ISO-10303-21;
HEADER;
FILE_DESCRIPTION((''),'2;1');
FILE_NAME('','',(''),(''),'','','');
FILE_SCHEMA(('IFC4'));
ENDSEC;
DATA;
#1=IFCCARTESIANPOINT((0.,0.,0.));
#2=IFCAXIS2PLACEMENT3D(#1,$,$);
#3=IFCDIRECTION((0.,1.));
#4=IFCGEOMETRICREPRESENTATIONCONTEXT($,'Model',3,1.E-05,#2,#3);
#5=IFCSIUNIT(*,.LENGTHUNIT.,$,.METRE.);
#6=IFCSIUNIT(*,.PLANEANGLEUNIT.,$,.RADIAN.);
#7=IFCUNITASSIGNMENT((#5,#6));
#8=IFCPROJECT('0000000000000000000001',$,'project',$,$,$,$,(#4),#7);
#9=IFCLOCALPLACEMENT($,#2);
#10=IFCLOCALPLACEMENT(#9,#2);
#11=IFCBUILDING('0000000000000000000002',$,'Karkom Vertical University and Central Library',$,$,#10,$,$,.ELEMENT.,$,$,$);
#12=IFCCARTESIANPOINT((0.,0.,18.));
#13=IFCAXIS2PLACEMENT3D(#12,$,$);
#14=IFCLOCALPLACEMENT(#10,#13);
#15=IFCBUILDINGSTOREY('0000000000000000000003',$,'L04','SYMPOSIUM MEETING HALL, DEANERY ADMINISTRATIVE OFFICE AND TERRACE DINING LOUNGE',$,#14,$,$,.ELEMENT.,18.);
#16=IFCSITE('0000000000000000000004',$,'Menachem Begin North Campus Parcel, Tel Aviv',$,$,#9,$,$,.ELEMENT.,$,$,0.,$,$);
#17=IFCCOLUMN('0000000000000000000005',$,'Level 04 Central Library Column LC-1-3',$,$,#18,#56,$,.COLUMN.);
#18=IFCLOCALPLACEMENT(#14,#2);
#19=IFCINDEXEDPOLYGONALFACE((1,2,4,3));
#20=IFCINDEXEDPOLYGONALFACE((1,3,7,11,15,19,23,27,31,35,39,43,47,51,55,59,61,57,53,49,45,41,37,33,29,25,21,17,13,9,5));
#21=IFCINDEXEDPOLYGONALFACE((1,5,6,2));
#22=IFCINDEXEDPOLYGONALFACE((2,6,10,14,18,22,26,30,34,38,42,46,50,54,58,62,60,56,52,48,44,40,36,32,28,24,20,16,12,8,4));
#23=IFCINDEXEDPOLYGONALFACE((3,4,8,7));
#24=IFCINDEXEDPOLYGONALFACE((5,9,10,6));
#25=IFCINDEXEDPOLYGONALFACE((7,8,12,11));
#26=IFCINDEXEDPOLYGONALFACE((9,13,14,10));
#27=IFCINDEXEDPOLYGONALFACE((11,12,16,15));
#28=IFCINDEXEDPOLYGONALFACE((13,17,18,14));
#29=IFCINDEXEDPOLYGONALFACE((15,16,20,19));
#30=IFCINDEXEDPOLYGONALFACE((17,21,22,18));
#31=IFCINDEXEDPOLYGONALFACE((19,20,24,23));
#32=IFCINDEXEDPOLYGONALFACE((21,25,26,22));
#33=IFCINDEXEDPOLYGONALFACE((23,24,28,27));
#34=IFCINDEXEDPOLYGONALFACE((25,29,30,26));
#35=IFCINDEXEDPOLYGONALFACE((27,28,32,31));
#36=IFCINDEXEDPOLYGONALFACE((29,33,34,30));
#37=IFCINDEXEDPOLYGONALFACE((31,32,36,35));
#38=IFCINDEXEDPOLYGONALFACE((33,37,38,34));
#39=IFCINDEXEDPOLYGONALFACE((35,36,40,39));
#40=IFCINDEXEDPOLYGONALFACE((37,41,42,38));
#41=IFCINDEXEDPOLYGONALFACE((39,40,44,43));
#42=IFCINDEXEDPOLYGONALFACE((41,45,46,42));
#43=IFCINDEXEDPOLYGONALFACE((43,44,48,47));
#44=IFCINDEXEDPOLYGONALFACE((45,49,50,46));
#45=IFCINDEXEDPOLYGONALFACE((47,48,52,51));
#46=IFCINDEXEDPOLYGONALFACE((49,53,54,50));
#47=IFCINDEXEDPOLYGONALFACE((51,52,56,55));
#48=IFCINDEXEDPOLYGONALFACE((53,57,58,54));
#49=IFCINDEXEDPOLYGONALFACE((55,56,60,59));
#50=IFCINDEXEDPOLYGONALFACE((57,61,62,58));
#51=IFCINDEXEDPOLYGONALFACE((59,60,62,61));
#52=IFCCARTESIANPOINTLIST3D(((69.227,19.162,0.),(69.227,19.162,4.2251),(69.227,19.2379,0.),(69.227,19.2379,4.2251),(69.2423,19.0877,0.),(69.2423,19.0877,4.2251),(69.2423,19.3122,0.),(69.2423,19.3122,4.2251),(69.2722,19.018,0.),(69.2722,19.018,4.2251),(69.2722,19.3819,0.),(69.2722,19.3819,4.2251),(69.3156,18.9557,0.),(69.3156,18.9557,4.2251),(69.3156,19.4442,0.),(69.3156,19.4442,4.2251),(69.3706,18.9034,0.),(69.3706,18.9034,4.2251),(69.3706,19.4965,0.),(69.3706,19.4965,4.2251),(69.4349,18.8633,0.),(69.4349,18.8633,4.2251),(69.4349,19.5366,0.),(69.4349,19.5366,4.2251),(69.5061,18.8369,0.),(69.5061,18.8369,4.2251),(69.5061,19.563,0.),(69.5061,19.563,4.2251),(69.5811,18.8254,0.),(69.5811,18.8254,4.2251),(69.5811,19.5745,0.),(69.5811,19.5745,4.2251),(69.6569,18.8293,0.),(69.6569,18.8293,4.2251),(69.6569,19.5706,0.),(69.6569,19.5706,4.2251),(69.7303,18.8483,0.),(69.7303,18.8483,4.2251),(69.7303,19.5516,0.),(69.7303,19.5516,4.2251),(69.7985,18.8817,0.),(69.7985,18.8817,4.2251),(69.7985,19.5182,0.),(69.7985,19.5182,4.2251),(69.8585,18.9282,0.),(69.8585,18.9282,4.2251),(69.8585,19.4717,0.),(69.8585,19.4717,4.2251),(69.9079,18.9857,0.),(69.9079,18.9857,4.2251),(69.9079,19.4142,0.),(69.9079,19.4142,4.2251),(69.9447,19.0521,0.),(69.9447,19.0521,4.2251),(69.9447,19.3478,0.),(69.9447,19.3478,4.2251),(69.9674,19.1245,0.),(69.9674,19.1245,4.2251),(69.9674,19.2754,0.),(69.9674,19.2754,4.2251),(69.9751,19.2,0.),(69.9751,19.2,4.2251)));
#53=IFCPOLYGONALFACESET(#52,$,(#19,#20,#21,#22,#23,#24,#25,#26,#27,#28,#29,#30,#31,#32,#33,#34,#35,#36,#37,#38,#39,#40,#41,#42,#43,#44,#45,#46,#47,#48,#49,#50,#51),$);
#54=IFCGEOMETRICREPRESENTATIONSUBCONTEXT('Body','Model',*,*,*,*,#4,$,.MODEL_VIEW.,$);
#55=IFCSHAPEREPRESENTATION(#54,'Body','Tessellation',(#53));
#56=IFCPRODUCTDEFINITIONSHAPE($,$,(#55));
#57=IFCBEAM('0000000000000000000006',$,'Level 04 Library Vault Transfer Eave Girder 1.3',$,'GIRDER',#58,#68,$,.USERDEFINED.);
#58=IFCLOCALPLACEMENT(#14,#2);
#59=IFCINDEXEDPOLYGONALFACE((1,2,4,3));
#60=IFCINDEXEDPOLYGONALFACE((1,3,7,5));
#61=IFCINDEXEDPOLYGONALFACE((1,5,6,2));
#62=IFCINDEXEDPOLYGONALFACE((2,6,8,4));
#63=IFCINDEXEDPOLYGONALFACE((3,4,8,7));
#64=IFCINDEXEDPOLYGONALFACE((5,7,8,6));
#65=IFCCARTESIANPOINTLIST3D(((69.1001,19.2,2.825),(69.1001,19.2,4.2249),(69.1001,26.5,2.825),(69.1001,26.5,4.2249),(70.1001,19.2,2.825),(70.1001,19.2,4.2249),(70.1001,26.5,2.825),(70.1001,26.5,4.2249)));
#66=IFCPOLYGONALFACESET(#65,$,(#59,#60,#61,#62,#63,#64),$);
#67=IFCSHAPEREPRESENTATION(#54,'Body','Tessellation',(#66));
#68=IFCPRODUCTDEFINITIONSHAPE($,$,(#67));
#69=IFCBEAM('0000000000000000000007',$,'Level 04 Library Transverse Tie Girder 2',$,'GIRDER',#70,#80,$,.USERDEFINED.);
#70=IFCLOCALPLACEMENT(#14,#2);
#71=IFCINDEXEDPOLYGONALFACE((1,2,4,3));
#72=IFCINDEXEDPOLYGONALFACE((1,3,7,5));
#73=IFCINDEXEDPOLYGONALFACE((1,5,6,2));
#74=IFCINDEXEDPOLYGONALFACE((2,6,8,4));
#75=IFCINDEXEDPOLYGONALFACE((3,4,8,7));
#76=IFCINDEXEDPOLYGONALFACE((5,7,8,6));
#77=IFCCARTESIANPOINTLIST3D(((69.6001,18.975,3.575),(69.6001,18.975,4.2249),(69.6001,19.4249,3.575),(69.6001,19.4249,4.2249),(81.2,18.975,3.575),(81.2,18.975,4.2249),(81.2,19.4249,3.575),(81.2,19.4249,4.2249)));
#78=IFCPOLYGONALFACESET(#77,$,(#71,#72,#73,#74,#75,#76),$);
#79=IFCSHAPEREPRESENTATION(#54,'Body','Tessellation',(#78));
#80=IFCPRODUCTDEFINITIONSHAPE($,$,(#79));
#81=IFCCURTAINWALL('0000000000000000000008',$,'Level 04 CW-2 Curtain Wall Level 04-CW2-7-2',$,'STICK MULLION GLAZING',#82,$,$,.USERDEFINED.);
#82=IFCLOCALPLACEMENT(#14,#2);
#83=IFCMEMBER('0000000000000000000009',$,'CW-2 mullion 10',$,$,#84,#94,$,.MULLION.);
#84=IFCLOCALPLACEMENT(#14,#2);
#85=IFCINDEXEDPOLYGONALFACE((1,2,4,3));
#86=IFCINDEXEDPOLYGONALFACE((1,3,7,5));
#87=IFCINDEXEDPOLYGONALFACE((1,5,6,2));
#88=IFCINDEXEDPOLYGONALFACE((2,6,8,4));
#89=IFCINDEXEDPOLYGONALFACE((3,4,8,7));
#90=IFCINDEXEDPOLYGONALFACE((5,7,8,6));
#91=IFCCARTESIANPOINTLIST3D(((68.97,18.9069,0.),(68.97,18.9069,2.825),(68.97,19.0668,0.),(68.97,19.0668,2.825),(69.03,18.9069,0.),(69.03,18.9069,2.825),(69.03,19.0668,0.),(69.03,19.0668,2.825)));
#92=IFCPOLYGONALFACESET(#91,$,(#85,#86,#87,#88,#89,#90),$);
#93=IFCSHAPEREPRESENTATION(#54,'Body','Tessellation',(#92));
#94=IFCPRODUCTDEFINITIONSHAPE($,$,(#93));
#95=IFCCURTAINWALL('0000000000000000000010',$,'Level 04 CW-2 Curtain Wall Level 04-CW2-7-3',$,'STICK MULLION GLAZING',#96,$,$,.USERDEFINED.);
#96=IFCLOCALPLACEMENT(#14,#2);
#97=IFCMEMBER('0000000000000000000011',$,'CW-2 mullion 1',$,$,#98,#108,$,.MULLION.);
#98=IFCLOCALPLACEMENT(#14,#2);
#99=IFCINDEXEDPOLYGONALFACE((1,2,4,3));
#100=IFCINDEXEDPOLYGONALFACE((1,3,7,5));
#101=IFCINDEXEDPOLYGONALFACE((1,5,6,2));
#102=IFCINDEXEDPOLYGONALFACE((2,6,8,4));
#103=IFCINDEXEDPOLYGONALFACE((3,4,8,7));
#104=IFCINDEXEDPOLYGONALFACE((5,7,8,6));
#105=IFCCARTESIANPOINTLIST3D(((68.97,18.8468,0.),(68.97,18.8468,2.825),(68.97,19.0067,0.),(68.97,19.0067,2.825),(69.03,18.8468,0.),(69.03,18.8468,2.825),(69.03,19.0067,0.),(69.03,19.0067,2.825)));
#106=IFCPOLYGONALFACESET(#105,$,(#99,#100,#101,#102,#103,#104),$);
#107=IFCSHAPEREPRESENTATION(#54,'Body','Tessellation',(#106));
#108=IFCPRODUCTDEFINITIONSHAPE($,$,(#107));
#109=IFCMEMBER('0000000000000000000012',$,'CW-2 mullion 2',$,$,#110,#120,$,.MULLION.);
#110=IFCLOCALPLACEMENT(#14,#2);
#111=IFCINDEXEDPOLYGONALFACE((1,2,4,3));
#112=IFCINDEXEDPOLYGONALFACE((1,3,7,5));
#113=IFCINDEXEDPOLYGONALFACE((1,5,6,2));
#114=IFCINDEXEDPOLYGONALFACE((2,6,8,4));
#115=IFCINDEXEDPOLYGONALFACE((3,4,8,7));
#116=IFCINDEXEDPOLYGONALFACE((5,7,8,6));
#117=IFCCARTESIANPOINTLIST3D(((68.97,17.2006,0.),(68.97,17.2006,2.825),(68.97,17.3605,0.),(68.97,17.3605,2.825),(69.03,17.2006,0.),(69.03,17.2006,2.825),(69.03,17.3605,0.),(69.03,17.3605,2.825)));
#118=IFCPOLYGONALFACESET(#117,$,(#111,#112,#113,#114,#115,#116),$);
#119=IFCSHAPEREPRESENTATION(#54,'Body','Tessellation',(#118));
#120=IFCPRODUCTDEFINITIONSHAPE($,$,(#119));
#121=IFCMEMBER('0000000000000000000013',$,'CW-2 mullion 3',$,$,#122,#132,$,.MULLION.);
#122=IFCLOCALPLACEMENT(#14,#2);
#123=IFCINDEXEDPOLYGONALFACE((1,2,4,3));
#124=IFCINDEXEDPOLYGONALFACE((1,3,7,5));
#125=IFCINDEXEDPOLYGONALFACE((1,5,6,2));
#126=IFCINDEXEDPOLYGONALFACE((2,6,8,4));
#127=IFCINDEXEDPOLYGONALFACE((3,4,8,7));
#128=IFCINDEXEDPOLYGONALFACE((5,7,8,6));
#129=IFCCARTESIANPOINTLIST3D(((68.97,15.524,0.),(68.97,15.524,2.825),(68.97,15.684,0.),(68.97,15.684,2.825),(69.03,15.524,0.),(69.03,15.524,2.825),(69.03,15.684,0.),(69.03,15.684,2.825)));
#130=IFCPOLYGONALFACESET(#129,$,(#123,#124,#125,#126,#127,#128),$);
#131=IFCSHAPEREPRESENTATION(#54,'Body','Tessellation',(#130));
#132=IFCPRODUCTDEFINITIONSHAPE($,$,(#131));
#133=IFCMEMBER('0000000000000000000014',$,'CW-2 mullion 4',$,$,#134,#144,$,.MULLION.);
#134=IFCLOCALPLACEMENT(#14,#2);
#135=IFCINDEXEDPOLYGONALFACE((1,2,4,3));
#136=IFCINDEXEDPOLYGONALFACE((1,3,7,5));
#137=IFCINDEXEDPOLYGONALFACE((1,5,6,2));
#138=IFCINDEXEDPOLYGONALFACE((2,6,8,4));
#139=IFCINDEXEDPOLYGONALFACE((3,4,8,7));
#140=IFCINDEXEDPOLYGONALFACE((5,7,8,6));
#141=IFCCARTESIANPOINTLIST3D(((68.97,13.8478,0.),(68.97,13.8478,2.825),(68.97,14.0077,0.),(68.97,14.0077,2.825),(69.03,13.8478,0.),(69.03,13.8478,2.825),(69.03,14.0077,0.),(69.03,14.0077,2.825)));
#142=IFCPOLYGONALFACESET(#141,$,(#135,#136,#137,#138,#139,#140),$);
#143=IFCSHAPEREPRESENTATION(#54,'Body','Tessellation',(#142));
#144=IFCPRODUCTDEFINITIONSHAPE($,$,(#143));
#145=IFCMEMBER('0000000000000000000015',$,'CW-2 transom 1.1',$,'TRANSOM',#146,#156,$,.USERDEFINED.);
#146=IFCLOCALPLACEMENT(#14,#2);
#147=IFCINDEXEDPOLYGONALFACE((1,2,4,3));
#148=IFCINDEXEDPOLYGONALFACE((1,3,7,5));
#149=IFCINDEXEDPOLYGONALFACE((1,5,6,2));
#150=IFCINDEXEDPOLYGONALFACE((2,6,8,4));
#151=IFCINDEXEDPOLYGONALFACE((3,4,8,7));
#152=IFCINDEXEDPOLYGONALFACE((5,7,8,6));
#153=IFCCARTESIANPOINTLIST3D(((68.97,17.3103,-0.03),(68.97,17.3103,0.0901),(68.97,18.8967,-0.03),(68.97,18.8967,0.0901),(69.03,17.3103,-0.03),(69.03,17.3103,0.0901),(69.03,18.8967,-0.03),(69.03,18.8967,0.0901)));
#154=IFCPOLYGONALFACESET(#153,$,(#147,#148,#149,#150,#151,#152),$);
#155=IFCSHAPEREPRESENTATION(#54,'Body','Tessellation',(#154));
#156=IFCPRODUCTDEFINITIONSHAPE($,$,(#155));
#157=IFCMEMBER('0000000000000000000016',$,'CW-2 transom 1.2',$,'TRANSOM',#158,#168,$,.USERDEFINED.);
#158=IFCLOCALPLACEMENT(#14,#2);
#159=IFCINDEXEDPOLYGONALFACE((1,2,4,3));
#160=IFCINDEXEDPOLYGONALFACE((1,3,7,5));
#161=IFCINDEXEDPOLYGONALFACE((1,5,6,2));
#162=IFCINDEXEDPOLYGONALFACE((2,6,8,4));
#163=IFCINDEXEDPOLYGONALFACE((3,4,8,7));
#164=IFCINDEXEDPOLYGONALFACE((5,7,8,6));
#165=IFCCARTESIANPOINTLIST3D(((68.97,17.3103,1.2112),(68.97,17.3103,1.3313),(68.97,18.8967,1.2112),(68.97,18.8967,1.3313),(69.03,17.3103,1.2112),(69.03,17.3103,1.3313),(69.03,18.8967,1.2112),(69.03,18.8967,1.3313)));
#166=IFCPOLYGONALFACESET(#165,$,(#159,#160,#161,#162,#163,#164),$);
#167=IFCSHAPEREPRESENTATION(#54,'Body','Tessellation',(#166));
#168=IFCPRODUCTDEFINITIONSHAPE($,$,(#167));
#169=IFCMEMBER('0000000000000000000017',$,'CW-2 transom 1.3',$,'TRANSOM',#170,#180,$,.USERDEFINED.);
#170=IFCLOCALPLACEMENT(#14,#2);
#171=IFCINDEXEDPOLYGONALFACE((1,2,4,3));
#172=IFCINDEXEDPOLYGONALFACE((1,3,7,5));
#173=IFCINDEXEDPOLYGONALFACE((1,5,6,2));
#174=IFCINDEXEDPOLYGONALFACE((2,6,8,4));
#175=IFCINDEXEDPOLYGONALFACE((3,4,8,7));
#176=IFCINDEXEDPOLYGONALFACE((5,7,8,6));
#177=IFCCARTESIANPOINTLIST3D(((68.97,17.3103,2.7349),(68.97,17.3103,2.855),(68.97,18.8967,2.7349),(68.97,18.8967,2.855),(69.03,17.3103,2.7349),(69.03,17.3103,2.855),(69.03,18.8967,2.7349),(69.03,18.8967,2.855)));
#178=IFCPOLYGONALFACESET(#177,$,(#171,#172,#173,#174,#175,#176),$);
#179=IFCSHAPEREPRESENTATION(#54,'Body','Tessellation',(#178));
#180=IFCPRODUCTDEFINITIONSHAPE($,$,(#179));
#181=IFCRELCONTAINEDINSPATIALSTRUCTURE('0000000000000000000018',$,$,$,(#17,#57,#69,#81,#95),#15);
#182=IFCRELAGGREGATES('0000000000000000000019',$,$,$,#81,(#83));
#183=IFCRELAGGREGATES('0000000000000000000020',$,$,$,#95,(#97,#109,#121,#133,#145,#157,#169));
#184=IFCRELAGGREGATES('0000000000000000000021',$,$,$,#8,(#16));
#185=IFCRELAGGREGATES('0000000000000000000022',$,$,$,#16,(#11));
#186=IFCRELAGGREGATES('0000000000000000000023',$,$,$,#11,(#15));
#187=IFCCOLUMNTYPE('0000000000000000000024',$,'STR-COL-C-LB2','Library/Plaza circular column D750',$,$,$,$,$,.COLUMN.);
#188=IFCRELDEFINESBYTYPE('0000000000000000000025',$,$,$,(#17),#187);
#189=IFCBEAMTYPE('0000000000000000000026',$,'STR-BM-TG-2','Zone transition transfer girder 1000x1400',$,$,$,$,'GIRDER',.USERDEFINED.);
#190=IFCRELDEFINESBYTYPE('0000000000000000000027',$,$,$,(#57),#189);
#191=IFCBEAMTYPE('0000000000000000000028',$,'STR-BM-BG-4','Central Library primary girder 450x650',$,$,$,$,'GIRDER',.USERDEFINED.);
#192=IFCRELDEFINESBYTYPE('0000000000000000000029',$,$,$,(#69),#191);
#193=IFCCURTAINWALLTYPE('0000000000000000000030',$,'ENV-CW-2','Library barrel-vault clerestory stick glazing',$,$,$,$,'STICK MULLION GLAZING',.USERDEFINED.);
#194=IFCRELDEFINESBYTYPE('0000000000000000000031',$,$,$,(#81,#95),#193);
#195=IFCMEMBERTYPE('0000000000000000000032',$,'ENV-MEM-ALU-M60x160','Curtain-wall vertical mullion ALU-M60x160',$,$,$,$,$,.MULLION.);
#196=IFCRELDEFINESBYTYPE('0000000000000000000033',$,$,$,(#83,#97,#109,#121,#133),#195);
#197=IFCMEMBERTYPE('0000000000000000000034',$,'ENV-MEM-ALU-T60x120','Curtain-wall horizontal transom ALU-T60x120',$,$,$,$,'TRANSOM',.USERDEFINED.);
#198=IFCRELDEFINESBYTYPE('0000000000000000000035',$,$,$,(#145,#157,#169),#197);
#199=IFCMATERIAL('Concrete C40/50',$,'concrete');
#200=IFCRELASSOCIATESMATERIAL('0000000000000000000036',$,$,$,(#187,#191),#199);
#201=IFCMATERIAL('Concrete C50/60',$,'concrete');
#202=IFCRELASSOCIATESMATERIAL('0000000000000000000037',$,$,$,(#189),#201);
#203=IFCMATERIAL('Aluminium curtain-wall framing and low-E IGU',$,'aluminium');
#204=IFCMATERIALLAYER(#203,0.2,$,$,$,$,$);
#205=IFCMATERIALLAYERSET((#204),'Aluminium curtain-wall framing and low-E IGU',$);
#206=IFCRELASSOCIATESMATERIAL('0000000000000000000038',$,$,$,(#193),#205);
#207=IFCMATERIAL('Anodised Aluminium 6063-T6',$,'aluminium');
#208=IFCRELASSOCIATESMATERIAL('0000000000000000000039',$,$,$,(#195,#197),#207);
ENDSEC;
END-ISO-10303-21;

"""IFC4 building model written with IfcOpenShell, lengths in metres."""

from ifc_helpers import new_model, si_unit, direction, frame, origin, origin_with_axes, origin_2d, place, context, subcontext, project, spatial, rectangle, circle, extrude, source, transform, mapped, material, layer, layer_set, material_profile, profile_set, type_object, element, aggregate, save


model = new_model("IFC4")

# Units and contexts
model_context = context("Model", 3, precision=1e-05, world=origin(), true_north=direction((0.0, 1.0)))
body_context = subcontext(model_context, "Body", "Model", "MODEL_VIEW")
ifc_project = project(units=[si_unit("LENGTHUNIT", "METRE"), si_unit("PLANEANGLEUNIT", "RADIAN")], contexts=[model_context])

# Site, building, storey
site_placement = place(None, origin())
site = spatial("IfcSite", under=ifc_project, at=site_placement, Name="Menachem Begin North Campus Parcel, Tel Aviv", CompositionType="ELEMENT", RefElevation=0.0)
building_placement = place(site_placement, origin())
building = spatial("IfcBuilding", under=site, at=building_placement, Name="Karkom Vertical University and Central Library", CompositionType="ELEMENT")
storey_placement = place(building_placement, frame((0.0, 0.0, 18.0)))
storey = spatial("IfcBuildingStorey", under=building, at=storey_placement, Name="L04", Description="SYMPOSIUM MEETING HALL, DEANERY ADMINISTRATIVE OFFICE AND TERRACE DINING LOUNGE", CompositionType="ELEMENT", Elevation=18.0)

# Column
ifc_material_1 = material(Name="Concrete C40/50", Category="concrete")
ifc_material_profile_1 = material_profile(ifc_material_1, circle(Radius=0.375, at=origin_2d()), Name="RC-D750")
ifc_profile_set_1 = profile_set([ifc_material_profile_1], Name="Concrete C40/50")
column_type = type_object("IfcColumnType", Name="STR-COL-C-LB2", Description="Library/Plaza circular column D750", PredefinedType="COLUMN", material=ifc_profile_set_1)
shared_shape_1 = source(origin_with_axes(), body_context, "Body", "SweptSolid", [
    extrude(circle(Radius=0.375, at=origin_2d()), origin(), (0.0, 0.0, 1.0), 4.2251),
])
column_placement = place(storey_placement, frame((69.6001, 19.2, 0.0), z_axis=(0.0, 0.0, 1.0), x_axis=(1.0, 0.0, 0.0)))
element("IfcColumn", 1, at=column_placement, inside=storey, type_object=column_type, Name="Level 04 Central Library Column LC-1-3", PredefinedType="COLUMN", context=body_context, shape_type="MappedRepresentation", body=[
    mapped(shared_shape_1, transform((0.0, 0.0, 0.0), scale=1.0)),
])

# Beams
ifc_material_2 = material(Name="Concrete C50/60", Category="concrete")
ifc_material_profile_2 = material_profile(ifc_material_2, rectangle(XDim=1.0, YDim=1.3999, at=origin_2d()), Name="TG-1000x1400")
ifc_profile_set_2 = profile_set([ifc_material_profile_2], Name="Concrete C50/60")
beam_type_1 = type_object("IfcBeamType", Name="STR-BM-TG-2", Description="Zone transition transfer girder 1000x1400", ElementType="GIRDER", PredefinedType="USERDEFINED", material=ifc_profile_set_2)
shared_shape_2 = source(origin_with_axes(), body_context, "Body", "SweptSolid", [
    extrude(rectangle(XDim=1.0, YDim=1.3999, at=origin_2d()), origin(), (0.0, 0.0, 1.0), 7.3),
])
beam_1_placement = place(storey_placement, frame((69.6001, 19.2, 3.5249), z_axis=(0.0, 1.0, 0.0), x_axis=(-1.0, 0.0, 0.0)))
element("IfcBeam", 2, at=beam_1_placement, inside=storey, type_object=beam_type_1, Name="Level 04 Library Vault Transfer Eave Girder 1.3", ObjectType="GIRDER", PredefinedType="USERDEFINED", context=body_context, shape_type="MappedRepresentation", body=[
    mapped(shared_shape_2, transform((0.0, 0.0, 0.0), scale=1.0)),
])
ifc_material_profile_3 = material_profile(ifc_material_1, rectangle(XDim=0.45, YDim=0.6499, at=origin_2d()), Name="RCB-450x650")
ifc_profile_set_3 = profile_set([ifc_material_profile_3], Name="Concrete C40/50")
beam_type_2 = type_object("IfcBeamType", Name="STR-BM-BG-4", Description="Central Library primary girder 450x650", ElementType="GIRDER", PredefinedType="USERDEFINED", material=ifc_profile_set_3)
shared_shape_3 = source(origin_with_axes(), body_context, "Body", "SweptSolid", [
    extrude(rectangle(XDim=0.45, YDim=0.6499, at=origin_2d()), origin(), (0.0, 0.0, 1.0), 11.5999),
])
beam_2_placement = place(storey_placement, frame((69.6001, 19.2, 3.8999), z_axis=(1.0, 0.0, 0.0), x_axis=(0.0, 1.0, 0.0)))
element("IfcBeam", 3, at=beam_2_placement, inside=storey, type_object=beam_type_2, Name="Level 04 Library Transverse Tie Girder 2", ObjectType="GIRDER", PredefinedType="USERDEFINED", context=body_context, shape_type="MappedRepresentation", body=[
    mapped(shared_shape_3, transform((0.0, 0.0, 0.0), scale=1.0)),
])

# Curtain wall, member
ifc_material_3 = material(Name="Aluminium curtain-wall framing and low-E IGU", Category="aluminium")
ifc_layer_1 = layer(ifc_material_3, 0.2)
ifc_layer_set_1 = layer_set([ifc_layer_1], Name="Aluminium curtain-wall framing and low-E IGU")
curtain_wall_type = type_object("IfcCurtainWallType", Name="ENV-CW-2", Description="Library barrel-vault clerestory stick glazing", ElementType="STICK MULLION GLAZING", PredefinedType="USERDEFINED", material=ifc_layer_set_1)
curtain_wall_1_placement = place(storey_placement, origin())
curtain_wall_1 = element("IfcCurtainWall", 4, at=curtain_wall_1_placement, inside=storey, type_object=curtain_wall_type, Name="Level 04 CW-2 Curtain Wall Level 04-CW2-7-2", ObjectType="STICK MULLION GLAZING", PredefinedType="USERDEFINED")
ifc_material_4 = material(Name="Anodised Aluminium 6063-T6", Category="aluminium")
ifc_material_profile_4 = material_profile(ifc_material_4, rectangle(XDim=0.0601, YDim=0.1599, at=origin_2d()), Name="ALU-M60x160")
ifc_profile_set_4 = profile_set([ifc_material_profile_4], Name="Anodised Aluminium 6063-T6")
member_type_1 = type_object("IfcMemberType", Name="ENV-MEM-ALU-M60x160", Description="Curtain-wall vertical mullion ALU-M60x160", PredefinedType="MULLION", material=ifc_profile_set_4)
shared_shape_4 = source(origin_with_axes(), body_context, "Body", "SweptSolid", [
    extrude(rectangle(XDim=0.0601, YDim=0.1599, at=origin_2d()), origin(), (0.0, 0.0, 1.0), 2.825),
])
member_1_placement = place(storey_placement, frame((69.0, 18.9868, 0.0), z_axis=(0.0, 0.0, 1.0), x_axis=(1.0, 0.0, 0.0)))
member_1 = element("IfcMember", 5, at=member_1_placement, type_object=member_type_1, Name="CW-2 mullion 10", PredefinedType="MULLION", context=body_context, shape_type="MappedRepresentation", body=[
    mapped(shared_shape_4, transform((0.0, 0.0, 0.0), scale=1.0)),
])
aggregate(curtain_wall_1, [member_1])

# Curtain wall, members
curtain_wall_2_placement = place(storey_placement, origin())
curtain_wall_2 = element("IfcCurtainWall", 6, at=curtain_wall_2_placement, inside=storey, type_object=curtain_wall_type, Name="Level 04 CW-2 Curtain Wall Level 04-CW2-7-3", ObjectType="STICK MULLION GLAZING", PredefinedType="USERDEFINED")
member_2_placement = place(storey_placement, frame((69.0, 18.9268, 0.0), z_axis=(0.0, 0.0, 1.0), x_axis=(1.0, 0.0, 0.0)))
member_2 = element("IfcMember", 7, at=member_2_placement, type_object=member_type_1, Name="CW-2 mullion 1", PredefinedType="MULLION", context=body_context, shape_type="MappedRepresentation", body=[
    mapped(shared_shape_4, transform((0.0, 0.0, 0.0), scale=1.0)),
])
member_3_placement = place(storey_placement, frame((69.0, 17.2805, 0.0), z_axis=(0.0, 0.0, 1.0), x_axis=(1.0, 0.0, 0.0)))
member_3 = element("IfcMember", 8, at=member_3_placement, type_object=member_type_1, Name="CW-2 mullion 2", PredefinedType="MULLION", context=body_context, shape_type="MappedRepresentation", body=[
    mapped(shared_shape_4, transform((0.0, 0.0, 0.0), scale=1.0)),
])
member_4_placement = place(storey_placement, frame((69.0, 15.604, 0.0), z_axis=(0.0, 0.0, 1.0), x_axis=(1.0, 0.0, 0.0)))
member_4 = element("IfcMember", 9, at=member_4_placement, type_object=member_type_1, Name="CW-2 mullion 3", PredefinedType="MULLION", context=body_context, shape_type="MappedRepresentation", body=[
    mapped(shared_shape_4, transform((0.0, 0.0, 0.0), scale=1.0)),
])
member_5_placement = place(storey_placement, frame((69.0, 13.9277, 0.0), z_axis=(0.0, 0.0, 1.0), x_axis=(1.0, 0.0, 0.0)))
member_5 = element("IfcMember", 10, at=member_5_placement, type_object=member_type_1, Name="CW-2 mullion 4", PredefinedType="MULLION", context=body_context, shape_type="MappedRepresentation", body=[
    mapped(shared_shape_4, transform((0.0, 0.0, 0.0), scale=1.0)),
])
ifc_material_profile_5 = material_profile(ifc_material_4, rectangle(XDim=0.0601, YDim=0.1201, at=origin_2d()), Name="ALU-T60x120")
ifc_profile_set_5 = profile_set([ifc_material_profile_5], Name="Anodised Aluminium 6063-T6")
member_type_2 = type_object("IfcMemberType", Name="ENV-MEM-ALU-T60x120", Description="Curtain-wall horizontal transom ALU-T60x120", ElementType="TRANSOM", PredefinedType="USERDEFINED", material=ifc_profile_set_5)
shared_shape_5 = source(origin_with_axes(), body_context, "Body", "SweptSolid", [
    extrude(rectangle(XDim=0.0601, YDim=0.1201, at=origin_2d()), origin(), (0.0, 0.0, 1.0), 1.5864),
])
member_6_placement = place(storey_placement, frame((69.0, 18.8967, 0.03), z_axis=(0.0, -1.0, 0.0), x_axis=(1.0, 0.0, 0.0)))
member_6 = element("IfcMember", 11, at=member_6_placement, type_object=member_type_2, Name="CW-2 transom 1.1", ObjectType="TRANSOM", PredefinedType="USERDEFINED", context=body_context, shape_type="MappedRepresentation", body=[
    mapped(shared_shape_5, transform((0.0, 0.0, 0.0), scale=1.0)),
])
member_7_placement = place(storey_placement, frame((69.0, 18.8967, 1.2712), z_axis=(0.0, -1.0, 0.0), x_axis=(1.0, 0.0, 0.0)))
member_7 = element("IfcMember", 12, at=member_7_placement, type_object=member_type_2, Name="CW-2 transom 1.2", ObjectType="TRANSOM", PredefinedType="USERDEFINED", context=body_context, shape_type="MappedRepresentation", body=[
    mapped(shared_shape_5, transform((0.0, 0.0, 0.0), scale=1.0)),
])
member_8_placement = place(storey_placement, frame((69.0, 18.8967, 2.7949), z_axis=(0.0, -1.0, 0.0), x_axis=(1.0, 0.0, 0.0)))
member_8 = element("IfcMember", 13, at=member_8_placement, type_object=member_type_2, Name="CW-2 transom 1.3", ObjectType="TRANSOM", PredefinedType="USERDEFINED", context=body_context, shape_type="MappedRepresentation", body=[
    mapped(shared_shape_5, transform((0.0, 0.0, 0.0), scale=1.0)),
])
aggregate(curtain_wall_2, [member_2, member_3, member_4, member_5, member_6, member_7, member_8])

save(model, "model.ifc")
